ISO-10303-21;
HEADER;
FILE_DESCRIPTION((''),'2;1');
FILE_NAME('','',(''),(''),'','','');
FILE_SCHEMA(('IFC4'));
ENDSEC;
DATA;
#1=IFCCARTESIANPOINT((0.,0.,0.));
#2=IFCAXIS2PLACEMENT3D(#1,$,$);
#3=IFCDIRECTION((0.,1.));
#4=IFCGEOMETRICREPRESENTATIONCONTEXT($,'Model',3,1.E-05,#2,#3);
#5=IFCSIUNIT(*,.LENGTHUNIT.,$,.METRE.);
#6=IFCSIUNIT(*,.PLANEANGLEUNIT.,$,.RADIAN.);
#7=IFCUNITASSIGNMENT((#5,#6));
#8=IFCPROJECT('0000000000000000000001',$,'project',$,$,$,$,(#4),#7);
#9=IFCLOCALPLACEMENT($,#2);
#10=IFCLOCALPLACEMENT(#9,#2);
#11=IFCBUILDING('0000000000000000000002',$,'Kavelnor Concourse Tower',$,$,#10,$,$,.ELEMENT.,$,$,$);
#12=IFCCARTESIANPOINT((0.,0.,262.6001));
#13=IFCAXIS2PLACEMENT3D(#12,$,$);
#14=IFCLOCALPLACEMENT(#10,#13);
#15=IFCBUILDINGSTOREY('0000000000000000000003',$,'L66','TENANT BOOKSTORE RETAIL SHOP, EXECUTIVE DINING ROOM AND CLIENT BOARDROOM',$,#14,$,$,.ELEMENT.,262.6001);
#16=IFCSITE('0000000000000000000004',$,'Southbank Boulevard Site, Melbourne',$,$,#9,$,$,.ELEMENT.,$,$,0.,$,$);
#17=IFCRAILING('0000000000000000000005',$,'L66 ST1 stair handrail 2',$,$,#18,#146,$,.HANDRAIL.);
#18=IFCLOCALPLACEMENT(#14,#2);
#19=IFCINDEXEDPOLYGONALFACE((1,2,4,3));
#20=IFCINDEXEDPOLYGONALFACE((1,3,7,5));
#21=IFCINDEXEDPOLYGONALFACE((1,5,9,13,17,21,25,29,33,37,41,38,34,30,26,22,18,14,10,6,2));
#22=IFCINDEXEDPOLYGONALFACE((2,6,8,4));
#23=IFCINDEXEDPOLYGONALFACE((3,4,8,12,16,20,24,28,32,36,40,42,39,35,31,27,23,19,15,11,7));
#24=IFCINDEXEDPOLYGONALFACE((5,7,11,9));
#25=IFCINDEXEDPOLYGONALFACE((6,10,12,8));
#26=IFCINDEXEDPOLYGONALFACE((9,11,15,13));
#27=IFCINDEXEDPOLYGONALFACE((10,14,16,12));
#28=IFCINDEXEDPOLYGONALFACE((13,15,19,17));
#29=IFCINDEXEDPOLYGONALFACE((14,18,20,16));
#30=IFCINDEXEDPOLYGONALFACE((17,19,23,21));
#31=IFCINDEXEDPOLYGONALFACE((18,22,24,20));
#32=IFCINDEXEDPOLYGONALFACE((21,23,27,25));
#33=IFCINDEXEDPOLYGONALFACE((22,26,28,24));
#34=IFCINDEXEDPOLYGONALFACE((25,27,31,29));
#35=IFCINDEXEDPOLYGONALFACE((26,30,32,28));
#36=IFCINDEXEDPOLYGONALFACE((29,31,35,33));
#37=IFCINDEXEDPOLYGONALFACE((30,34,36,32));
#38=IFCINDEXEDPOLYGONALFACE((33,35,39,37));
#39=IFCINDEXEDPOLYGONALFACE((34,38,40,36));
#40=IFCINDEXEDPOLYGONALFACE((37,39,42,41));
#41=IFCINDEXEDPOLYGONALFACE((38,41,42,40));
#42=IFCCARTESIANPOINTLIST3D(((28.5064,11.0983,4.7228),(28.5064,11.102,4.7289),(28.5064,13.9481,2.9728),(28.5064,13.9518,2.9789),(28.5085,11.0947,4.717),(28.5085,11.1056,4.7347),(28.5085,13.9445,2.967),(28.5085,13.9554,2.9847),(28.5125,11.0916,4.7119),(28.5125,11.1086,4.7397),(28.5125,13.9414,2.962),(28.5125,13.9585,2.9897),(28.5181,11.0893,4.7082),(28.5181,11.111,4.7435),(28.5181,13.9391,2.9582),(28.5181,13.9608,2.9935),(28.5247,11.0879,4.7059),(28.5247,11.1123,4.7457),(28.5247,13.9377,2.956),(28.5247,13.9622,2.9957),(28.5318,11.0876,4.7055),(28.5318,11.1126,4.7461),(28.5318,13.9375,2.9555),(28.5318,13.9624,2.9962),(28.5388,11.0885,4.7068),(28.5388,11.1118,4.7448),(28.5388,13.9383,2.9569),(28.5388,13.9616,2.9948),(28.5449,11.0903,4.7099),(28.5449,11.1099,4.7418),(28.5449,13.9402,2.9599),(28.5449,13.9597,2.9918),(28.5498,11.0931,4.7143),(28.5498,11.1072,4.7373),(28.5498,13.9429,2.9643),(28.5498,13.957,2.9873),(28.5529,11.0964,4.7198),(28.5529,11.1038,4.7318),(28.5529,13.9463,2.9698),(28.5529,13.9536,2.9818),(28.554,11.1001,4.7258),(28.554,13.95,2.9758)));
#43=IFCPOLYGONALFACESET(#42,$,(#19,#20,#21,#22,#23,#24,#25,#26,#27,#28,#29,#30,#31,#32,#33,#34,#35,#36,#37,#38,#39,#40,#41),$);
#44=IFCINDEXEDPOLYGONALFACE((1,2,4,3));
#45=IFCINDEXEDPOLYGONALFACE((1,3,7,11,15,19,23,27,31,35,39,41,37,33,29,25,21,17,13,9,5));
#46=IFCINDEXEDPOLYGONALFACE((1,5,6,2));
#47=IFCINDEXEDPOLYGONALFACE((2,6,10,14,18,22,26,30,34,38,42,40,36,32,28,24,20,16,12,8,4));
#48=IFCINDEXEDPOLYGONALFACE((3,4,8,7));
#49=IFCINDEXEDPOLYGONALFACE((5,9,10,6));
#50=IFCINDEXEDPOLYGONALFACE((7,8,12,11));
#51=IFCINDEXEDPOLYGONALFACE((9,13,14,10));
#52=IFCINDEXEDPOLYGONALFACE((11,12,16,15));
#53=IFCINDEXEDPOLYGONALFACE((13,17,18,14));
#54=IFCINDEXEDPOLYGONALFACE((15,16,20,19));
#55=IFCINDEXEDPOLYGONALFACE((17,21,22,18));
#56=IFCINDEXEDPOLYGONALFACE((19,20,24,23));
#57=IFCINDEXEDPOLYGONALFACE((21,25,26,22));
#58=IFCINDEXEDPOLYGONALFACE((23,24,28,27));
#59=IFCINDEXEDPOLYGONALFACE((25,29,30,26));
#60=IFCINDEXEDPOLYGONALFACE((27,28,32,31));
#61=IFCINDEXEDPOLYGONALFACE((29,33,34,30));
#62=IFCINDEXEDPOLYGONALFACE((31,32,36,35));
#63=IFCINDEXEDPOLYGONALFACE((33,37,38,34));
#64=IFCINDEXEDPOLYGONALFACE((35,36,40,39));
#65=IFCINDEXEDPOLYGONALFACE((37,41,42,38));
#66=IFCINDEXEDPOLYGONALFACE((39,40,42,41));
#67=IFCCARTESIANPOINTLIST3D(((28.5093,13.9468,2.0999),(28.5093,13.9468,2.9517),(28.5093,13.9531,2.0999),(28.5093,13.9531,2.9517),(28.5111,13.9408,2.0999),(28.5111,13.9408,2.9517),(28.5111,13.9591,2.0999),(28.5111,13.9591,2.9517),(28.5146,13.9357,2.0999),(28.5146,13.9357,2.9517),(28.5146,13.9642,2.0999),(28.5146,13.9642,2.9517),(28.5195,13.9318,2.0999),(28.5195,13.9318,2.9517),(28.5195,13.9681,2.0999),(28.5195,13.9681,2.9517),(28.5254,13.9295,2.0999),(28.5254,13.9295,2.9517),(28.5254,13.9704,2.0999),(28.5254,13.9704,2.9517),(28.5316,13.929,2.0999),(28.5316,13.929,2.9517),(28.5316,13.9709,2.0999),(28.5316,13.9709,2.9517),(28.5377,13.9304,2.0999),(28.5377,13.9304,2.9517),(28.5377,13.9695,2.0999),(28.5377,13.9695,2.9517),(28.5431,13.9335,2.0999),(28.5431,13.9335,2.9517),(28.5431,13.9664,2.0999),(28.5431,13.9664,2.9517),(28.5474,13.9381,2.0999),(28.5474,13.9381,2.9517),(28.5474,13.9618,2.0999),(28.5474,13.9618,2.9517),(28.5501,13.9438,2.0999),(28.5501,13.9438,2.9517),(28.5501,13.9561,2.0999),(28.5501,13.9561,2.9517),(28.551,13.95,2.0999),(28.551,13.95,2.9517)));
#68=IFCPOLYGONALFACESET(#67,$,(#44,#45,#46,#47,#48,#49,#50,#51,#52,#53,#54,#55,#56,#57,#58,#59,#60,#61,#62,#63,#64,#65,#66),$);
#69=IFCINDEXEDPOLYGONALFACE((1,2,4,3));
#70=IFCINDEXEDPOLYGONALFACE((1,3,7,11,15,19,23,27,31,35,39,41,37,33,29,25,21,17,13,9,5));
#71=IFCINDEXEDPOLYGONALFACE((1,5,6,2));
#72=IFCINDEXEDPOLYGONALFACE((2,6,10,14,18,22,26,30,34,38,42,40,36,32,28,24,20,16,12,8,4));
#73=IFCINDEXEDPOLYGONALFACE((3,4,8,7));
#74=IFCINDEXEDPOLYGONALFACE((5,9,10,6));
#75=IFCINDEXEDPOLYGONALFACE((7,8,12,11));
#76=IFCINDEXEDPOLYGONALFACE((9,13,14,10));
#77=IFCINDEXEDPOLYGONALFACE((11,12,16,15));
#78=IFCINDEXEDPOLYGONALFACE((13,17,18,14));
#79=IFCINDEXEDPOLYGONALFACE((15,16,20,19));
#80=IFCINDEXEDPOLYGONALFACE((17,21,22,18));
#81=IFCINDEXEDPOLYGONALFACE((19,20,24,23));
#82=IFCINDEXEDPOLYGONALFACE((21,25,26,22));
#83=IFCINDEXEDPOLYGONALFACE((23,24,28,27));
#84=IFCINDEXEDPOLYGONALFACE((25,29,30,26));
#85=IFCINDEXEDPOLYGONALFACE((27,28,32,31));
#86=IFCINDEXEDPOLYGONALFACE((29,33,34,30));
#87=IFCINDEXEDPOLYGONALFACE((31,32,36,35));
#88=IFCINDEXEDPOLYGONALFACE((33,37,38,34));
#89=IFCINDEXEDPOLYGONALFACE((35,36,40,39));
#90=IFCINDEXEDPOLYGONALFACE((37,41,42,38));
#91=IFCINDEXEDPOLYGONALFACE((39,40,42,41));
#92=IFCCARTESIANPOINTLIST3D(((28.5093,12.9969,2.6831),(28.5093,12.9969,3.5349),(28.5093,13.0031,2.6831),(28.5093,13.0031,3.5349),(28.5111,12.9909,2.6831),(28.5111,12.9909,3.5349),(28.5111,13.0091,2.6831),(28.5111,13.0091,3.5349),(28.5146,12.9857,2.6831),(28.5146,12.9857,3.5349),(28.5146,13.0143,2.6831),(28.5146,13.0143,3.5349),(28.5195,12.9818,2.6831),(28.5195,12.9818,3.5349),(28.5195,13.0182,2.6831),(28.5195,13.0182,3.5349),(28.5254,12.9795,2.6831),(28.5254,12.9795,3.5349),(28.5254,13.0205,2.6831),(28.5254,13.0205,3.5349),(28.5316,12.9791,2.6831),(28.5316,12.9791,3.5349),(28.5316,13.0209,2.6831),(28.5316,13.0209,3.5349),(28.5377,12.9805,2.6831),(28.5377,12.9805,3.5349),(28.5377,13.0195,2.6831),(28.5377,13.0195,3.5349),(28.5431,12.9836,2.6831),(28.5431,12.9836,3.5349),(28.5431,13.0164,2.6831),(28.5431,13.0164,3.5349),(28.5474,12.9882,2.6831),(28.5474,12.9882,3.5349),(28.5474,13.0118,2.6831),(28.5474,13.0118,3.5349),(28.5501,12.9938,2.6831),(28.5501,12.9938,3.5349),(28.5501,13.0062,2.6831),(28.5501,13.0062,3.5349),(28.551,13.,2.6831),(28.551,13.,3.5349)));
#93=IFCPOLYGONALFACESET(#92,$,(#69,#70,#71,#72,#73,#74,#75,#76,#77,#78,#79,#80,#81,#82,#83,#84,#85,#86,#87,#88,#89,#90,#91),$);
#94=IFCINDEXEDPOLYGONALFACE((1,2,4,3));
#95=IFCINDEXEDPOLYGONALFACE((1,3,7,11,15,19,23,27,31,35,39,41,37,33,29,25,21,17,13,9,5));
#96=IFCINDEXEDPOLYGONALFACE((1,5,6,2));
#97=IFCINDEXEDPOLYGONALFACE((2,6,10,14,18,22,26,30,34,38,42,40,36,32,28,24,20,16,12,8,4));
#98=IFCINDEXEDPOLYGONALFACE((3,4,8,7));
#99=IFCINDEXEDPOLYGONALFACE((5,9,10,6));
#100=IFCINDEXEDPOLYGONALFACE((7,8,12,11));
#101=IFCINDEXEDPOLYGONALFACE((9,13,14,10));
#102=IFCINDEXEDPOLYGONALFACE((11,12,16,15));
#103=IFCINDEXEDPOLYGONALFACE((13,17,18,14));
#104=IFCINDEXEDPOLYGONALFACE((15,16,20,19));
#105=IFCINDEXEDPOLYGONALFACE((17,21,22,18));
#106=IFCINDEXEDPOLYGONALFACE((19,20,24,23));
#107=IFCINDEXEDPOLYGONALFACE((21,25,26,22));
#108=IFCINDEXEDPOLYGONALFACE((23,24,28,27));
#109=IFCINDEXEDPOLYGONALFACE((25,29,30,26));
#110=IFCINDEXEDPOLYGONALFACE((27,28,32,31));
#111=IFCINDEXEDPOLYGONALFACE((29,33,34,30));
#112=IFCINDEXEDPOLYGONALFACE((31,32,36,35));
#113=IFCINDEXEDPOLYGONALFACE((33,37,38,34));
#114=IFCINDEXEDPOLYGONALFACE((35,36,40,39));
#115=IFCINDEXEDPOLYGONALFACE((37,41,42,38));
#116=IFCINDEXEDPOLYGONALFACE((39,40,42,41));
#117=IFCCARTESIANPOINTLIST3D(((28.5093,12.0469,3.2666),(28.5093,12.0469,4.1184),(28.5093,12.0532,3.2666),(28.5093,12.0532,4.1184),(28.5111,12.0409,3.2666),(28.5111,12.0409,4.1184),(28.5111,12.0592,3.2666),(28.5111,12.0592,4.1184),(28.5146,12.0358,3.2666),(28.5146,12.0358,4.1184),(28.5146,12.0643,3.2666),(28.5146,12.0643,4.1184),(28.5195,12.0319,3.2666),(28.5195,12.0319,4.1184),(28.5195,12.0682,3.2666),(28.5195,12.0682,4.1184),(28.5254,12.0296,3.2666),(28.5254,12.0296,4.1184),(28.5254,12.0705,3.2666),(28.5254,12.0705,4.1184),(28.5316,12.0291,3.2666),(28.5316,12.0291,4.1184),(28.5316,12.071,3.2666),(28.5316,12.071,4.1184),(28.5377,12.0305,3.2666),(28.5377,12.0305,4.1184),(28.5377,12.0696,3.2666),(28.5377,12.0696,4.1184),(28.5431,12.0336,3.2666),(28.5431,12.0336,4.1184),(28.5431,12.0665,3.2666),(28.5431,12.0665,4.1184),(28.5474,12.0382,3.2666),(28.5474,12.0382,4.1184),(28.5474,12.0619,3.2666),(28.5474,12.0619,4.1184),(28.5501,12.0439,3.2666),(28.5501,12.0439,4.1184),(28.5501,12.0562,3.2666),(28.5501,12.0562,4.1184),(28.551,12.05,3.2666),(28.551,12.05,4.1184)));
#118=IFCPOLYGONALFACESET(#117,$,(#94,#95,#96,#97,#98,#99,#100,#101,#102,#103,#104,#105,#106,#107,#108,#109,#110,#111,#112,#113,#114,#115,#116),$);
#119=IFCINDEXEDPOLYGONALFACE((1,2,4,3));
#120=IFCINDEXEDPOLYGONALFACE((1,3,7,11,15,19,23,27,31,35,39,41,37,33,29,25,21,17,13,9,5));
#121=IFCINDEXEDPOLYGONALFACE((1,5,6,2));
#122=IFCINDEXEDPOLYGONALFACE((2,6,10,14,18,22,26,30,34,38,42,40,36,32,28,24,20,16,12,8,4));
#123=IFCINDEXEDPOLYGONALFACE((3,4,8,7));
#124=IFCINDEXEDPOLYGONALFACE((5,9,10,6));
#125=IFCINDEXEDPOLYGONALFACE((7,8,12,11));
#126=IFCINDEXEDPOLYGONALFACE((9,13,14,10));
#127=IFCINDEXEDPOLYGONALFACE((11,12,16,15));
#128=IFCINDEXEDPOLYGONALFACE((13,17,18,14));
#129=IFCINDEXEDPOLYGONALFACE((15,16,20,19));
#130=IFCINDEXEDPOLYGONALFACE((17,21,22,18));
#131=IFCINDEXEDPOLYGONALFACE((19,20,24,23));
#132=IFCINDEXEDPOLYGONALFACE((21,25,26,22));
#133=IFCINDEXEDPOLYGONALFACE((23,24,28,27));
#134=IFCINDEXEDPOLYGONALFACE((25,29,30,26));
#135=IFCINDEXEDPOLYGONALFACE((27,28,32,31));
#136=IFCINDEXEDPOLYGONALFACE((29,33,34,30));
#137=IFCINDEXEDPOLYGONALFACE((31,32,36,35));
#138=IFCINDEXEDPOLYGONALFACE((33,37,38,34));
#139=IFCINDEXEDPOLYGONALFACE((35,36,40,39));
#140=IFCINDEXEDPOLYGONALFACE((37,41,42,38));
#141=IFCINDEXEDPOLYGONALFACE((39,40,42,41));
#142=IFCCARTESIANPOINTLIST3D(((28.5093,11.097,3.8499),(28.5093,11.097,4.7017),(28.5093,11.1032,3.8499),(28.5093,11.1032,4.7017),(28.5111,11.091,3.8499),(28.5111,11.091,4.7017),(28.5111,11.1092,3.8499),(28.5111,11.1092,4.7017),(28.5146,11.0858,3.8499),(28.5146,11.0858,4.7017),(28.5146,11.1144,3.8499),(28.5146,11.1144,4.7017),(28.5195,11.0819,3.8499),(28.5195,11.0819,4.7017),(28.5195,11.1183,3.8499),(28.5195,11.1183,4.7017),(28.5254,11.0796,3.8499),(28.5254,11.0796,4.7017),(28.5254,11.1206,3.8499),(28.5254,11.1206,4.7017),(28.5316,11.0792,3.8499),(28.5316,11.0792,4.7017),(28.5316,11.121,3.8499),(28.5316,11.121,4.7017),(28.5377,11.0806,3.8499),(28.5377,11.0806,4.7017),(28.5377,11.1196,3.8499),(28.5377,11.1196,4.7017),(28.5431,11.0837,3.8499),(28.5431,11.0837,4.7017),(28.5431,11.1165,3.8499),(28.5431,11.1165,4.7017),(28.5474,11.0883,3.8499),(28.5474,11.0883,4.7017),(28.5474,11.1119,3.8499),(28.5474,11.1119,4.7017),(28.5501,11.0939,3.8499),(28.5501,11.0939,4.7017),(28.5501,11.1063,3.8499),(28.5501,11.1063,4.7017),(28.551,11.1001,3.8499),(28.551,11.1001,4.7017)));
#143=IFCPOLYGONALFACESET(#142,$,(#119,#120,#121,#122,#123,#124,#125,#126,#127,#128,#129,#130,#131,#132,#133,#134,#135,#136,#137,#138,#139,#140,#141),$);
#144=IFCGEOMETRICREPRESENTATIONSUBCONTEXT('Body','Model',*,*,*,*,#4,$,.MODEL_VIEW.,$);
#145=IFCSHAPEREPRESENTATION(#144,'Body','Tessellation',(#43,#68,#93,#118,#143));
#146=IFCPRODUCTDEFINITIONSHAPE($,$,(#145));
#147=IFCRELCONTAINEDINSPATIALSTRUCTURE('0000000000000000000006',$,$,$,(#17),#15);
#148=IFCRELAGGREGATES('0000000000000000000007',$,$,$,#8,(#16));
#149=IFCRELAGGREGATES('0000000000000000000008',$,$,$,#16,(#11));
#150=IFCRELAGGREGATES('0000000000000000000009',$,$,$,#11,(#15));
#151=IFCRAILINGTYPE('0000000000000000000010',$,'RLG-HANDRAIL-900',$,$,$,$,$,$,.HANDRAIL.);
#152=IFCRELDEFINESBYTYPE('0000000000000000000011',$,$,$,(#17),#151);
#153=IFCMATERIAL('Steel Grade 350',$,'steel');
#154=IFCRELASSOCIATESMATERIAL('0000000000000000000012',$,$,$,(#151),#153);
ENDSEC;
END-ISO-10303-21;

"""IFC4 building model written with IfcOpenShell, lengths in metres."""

from ifc_helpers import new_model, si_unit, direction, frame, origin, origin_2d, place, context, subcontext, project, spatial, circle, extrude, material, type_object, element, save


model = new_model("IFC4")

# Units and contexts
model_context = context("Model", 3, precision=1e-05, world=origin(), true_north=direction((0.0, 1.0)))
body_context = subcontext(model_context, "Body", "Model", "MODEL_VIEW")
ifc_project = project(units=[si_unit("LENGTHUNIT", "METRE"), si_unit("PLANEANGLEUNIT", "RADIAN")], contexts=[model_context])

# Site, building, storey
site_placement = place(None, origin())
site = spatial("IfcSite", under=ifc_project, at=site_placement, Name="Southbank Boulevard Site, Melbourne", CompositionType="ELEMENT", RefElevation=0.0)
building_placement = place(site_placement, origin())
building = spatial("IfcBuilding", under=site, at=building_placement, Name="Kavelnor Concourse Tower", CompositionType="ELEMENT")
storey_placement = place(building_placement, frame((0.0, 0.0, 262.6001)))
storey = spatial("IfcBuildingStorey", under=building, at=storey_placement, Name="L66", Description="TENANT BOOKSTORE RETAIL SHOP, EXECUTIVE DINING ROOM AND CLIENT BOARDROOM", CompositionType="ELEMENT", Elevation=262.6001)

# Shared definitions
ifc_material_1 = material(Name="Steel Grade 350", Category="steel")

# Railing
railing_type_1 = type_object("IfcRailingType", Name="RLG-HANDRAIL-900", PredefinedType="HANDRAIL", material=ifc_material_1)
railing_1_placement = place(storey_placement, frame((28.53, 13.95, 2.0999)))
element("IfcRailing", 1, at=railing_1_placement, inside=storey, type_object=railing_type_1, Name="L66 ST1 stair handrail 2", PredefinedType="HANDRAIL", context=body_context, shape_type="SweptSolid", body=[
    extrude(circle(Radius=0.0239, at=origin_2d()), frame((0.0, 0.0, 0.876), z_axis=(0.0, -0.852159, 0.523283), x_axis=(1.0, 0.0, 0.0)), (0.0, 0.0, 1.0), 3.3442),
    extrude(circle(Radius=0.021, at=origin_2d()), origin(), (0.0, 0.0, 1.0), 0.8518),
    extrude(circle(Radius=0.021, at=origin_2d()), frame((0.0, -0.95, 0.5833)), (0.0, 0.0, 1.0), 0.8518),
    extrude(circle(Radius=0.021, at=origin_2d()), frame((0.0, -1.8999, 1.1667)), (0.0, 0.0, 1.0), 0.8518),
    extrude(circle(Radius=0.021, at=origin_2d()), frame((0.0, -2.8499, 1.75)), (0.0, 0.0, 1.0), 0.8518),
])

save(model, "model.ifc")
